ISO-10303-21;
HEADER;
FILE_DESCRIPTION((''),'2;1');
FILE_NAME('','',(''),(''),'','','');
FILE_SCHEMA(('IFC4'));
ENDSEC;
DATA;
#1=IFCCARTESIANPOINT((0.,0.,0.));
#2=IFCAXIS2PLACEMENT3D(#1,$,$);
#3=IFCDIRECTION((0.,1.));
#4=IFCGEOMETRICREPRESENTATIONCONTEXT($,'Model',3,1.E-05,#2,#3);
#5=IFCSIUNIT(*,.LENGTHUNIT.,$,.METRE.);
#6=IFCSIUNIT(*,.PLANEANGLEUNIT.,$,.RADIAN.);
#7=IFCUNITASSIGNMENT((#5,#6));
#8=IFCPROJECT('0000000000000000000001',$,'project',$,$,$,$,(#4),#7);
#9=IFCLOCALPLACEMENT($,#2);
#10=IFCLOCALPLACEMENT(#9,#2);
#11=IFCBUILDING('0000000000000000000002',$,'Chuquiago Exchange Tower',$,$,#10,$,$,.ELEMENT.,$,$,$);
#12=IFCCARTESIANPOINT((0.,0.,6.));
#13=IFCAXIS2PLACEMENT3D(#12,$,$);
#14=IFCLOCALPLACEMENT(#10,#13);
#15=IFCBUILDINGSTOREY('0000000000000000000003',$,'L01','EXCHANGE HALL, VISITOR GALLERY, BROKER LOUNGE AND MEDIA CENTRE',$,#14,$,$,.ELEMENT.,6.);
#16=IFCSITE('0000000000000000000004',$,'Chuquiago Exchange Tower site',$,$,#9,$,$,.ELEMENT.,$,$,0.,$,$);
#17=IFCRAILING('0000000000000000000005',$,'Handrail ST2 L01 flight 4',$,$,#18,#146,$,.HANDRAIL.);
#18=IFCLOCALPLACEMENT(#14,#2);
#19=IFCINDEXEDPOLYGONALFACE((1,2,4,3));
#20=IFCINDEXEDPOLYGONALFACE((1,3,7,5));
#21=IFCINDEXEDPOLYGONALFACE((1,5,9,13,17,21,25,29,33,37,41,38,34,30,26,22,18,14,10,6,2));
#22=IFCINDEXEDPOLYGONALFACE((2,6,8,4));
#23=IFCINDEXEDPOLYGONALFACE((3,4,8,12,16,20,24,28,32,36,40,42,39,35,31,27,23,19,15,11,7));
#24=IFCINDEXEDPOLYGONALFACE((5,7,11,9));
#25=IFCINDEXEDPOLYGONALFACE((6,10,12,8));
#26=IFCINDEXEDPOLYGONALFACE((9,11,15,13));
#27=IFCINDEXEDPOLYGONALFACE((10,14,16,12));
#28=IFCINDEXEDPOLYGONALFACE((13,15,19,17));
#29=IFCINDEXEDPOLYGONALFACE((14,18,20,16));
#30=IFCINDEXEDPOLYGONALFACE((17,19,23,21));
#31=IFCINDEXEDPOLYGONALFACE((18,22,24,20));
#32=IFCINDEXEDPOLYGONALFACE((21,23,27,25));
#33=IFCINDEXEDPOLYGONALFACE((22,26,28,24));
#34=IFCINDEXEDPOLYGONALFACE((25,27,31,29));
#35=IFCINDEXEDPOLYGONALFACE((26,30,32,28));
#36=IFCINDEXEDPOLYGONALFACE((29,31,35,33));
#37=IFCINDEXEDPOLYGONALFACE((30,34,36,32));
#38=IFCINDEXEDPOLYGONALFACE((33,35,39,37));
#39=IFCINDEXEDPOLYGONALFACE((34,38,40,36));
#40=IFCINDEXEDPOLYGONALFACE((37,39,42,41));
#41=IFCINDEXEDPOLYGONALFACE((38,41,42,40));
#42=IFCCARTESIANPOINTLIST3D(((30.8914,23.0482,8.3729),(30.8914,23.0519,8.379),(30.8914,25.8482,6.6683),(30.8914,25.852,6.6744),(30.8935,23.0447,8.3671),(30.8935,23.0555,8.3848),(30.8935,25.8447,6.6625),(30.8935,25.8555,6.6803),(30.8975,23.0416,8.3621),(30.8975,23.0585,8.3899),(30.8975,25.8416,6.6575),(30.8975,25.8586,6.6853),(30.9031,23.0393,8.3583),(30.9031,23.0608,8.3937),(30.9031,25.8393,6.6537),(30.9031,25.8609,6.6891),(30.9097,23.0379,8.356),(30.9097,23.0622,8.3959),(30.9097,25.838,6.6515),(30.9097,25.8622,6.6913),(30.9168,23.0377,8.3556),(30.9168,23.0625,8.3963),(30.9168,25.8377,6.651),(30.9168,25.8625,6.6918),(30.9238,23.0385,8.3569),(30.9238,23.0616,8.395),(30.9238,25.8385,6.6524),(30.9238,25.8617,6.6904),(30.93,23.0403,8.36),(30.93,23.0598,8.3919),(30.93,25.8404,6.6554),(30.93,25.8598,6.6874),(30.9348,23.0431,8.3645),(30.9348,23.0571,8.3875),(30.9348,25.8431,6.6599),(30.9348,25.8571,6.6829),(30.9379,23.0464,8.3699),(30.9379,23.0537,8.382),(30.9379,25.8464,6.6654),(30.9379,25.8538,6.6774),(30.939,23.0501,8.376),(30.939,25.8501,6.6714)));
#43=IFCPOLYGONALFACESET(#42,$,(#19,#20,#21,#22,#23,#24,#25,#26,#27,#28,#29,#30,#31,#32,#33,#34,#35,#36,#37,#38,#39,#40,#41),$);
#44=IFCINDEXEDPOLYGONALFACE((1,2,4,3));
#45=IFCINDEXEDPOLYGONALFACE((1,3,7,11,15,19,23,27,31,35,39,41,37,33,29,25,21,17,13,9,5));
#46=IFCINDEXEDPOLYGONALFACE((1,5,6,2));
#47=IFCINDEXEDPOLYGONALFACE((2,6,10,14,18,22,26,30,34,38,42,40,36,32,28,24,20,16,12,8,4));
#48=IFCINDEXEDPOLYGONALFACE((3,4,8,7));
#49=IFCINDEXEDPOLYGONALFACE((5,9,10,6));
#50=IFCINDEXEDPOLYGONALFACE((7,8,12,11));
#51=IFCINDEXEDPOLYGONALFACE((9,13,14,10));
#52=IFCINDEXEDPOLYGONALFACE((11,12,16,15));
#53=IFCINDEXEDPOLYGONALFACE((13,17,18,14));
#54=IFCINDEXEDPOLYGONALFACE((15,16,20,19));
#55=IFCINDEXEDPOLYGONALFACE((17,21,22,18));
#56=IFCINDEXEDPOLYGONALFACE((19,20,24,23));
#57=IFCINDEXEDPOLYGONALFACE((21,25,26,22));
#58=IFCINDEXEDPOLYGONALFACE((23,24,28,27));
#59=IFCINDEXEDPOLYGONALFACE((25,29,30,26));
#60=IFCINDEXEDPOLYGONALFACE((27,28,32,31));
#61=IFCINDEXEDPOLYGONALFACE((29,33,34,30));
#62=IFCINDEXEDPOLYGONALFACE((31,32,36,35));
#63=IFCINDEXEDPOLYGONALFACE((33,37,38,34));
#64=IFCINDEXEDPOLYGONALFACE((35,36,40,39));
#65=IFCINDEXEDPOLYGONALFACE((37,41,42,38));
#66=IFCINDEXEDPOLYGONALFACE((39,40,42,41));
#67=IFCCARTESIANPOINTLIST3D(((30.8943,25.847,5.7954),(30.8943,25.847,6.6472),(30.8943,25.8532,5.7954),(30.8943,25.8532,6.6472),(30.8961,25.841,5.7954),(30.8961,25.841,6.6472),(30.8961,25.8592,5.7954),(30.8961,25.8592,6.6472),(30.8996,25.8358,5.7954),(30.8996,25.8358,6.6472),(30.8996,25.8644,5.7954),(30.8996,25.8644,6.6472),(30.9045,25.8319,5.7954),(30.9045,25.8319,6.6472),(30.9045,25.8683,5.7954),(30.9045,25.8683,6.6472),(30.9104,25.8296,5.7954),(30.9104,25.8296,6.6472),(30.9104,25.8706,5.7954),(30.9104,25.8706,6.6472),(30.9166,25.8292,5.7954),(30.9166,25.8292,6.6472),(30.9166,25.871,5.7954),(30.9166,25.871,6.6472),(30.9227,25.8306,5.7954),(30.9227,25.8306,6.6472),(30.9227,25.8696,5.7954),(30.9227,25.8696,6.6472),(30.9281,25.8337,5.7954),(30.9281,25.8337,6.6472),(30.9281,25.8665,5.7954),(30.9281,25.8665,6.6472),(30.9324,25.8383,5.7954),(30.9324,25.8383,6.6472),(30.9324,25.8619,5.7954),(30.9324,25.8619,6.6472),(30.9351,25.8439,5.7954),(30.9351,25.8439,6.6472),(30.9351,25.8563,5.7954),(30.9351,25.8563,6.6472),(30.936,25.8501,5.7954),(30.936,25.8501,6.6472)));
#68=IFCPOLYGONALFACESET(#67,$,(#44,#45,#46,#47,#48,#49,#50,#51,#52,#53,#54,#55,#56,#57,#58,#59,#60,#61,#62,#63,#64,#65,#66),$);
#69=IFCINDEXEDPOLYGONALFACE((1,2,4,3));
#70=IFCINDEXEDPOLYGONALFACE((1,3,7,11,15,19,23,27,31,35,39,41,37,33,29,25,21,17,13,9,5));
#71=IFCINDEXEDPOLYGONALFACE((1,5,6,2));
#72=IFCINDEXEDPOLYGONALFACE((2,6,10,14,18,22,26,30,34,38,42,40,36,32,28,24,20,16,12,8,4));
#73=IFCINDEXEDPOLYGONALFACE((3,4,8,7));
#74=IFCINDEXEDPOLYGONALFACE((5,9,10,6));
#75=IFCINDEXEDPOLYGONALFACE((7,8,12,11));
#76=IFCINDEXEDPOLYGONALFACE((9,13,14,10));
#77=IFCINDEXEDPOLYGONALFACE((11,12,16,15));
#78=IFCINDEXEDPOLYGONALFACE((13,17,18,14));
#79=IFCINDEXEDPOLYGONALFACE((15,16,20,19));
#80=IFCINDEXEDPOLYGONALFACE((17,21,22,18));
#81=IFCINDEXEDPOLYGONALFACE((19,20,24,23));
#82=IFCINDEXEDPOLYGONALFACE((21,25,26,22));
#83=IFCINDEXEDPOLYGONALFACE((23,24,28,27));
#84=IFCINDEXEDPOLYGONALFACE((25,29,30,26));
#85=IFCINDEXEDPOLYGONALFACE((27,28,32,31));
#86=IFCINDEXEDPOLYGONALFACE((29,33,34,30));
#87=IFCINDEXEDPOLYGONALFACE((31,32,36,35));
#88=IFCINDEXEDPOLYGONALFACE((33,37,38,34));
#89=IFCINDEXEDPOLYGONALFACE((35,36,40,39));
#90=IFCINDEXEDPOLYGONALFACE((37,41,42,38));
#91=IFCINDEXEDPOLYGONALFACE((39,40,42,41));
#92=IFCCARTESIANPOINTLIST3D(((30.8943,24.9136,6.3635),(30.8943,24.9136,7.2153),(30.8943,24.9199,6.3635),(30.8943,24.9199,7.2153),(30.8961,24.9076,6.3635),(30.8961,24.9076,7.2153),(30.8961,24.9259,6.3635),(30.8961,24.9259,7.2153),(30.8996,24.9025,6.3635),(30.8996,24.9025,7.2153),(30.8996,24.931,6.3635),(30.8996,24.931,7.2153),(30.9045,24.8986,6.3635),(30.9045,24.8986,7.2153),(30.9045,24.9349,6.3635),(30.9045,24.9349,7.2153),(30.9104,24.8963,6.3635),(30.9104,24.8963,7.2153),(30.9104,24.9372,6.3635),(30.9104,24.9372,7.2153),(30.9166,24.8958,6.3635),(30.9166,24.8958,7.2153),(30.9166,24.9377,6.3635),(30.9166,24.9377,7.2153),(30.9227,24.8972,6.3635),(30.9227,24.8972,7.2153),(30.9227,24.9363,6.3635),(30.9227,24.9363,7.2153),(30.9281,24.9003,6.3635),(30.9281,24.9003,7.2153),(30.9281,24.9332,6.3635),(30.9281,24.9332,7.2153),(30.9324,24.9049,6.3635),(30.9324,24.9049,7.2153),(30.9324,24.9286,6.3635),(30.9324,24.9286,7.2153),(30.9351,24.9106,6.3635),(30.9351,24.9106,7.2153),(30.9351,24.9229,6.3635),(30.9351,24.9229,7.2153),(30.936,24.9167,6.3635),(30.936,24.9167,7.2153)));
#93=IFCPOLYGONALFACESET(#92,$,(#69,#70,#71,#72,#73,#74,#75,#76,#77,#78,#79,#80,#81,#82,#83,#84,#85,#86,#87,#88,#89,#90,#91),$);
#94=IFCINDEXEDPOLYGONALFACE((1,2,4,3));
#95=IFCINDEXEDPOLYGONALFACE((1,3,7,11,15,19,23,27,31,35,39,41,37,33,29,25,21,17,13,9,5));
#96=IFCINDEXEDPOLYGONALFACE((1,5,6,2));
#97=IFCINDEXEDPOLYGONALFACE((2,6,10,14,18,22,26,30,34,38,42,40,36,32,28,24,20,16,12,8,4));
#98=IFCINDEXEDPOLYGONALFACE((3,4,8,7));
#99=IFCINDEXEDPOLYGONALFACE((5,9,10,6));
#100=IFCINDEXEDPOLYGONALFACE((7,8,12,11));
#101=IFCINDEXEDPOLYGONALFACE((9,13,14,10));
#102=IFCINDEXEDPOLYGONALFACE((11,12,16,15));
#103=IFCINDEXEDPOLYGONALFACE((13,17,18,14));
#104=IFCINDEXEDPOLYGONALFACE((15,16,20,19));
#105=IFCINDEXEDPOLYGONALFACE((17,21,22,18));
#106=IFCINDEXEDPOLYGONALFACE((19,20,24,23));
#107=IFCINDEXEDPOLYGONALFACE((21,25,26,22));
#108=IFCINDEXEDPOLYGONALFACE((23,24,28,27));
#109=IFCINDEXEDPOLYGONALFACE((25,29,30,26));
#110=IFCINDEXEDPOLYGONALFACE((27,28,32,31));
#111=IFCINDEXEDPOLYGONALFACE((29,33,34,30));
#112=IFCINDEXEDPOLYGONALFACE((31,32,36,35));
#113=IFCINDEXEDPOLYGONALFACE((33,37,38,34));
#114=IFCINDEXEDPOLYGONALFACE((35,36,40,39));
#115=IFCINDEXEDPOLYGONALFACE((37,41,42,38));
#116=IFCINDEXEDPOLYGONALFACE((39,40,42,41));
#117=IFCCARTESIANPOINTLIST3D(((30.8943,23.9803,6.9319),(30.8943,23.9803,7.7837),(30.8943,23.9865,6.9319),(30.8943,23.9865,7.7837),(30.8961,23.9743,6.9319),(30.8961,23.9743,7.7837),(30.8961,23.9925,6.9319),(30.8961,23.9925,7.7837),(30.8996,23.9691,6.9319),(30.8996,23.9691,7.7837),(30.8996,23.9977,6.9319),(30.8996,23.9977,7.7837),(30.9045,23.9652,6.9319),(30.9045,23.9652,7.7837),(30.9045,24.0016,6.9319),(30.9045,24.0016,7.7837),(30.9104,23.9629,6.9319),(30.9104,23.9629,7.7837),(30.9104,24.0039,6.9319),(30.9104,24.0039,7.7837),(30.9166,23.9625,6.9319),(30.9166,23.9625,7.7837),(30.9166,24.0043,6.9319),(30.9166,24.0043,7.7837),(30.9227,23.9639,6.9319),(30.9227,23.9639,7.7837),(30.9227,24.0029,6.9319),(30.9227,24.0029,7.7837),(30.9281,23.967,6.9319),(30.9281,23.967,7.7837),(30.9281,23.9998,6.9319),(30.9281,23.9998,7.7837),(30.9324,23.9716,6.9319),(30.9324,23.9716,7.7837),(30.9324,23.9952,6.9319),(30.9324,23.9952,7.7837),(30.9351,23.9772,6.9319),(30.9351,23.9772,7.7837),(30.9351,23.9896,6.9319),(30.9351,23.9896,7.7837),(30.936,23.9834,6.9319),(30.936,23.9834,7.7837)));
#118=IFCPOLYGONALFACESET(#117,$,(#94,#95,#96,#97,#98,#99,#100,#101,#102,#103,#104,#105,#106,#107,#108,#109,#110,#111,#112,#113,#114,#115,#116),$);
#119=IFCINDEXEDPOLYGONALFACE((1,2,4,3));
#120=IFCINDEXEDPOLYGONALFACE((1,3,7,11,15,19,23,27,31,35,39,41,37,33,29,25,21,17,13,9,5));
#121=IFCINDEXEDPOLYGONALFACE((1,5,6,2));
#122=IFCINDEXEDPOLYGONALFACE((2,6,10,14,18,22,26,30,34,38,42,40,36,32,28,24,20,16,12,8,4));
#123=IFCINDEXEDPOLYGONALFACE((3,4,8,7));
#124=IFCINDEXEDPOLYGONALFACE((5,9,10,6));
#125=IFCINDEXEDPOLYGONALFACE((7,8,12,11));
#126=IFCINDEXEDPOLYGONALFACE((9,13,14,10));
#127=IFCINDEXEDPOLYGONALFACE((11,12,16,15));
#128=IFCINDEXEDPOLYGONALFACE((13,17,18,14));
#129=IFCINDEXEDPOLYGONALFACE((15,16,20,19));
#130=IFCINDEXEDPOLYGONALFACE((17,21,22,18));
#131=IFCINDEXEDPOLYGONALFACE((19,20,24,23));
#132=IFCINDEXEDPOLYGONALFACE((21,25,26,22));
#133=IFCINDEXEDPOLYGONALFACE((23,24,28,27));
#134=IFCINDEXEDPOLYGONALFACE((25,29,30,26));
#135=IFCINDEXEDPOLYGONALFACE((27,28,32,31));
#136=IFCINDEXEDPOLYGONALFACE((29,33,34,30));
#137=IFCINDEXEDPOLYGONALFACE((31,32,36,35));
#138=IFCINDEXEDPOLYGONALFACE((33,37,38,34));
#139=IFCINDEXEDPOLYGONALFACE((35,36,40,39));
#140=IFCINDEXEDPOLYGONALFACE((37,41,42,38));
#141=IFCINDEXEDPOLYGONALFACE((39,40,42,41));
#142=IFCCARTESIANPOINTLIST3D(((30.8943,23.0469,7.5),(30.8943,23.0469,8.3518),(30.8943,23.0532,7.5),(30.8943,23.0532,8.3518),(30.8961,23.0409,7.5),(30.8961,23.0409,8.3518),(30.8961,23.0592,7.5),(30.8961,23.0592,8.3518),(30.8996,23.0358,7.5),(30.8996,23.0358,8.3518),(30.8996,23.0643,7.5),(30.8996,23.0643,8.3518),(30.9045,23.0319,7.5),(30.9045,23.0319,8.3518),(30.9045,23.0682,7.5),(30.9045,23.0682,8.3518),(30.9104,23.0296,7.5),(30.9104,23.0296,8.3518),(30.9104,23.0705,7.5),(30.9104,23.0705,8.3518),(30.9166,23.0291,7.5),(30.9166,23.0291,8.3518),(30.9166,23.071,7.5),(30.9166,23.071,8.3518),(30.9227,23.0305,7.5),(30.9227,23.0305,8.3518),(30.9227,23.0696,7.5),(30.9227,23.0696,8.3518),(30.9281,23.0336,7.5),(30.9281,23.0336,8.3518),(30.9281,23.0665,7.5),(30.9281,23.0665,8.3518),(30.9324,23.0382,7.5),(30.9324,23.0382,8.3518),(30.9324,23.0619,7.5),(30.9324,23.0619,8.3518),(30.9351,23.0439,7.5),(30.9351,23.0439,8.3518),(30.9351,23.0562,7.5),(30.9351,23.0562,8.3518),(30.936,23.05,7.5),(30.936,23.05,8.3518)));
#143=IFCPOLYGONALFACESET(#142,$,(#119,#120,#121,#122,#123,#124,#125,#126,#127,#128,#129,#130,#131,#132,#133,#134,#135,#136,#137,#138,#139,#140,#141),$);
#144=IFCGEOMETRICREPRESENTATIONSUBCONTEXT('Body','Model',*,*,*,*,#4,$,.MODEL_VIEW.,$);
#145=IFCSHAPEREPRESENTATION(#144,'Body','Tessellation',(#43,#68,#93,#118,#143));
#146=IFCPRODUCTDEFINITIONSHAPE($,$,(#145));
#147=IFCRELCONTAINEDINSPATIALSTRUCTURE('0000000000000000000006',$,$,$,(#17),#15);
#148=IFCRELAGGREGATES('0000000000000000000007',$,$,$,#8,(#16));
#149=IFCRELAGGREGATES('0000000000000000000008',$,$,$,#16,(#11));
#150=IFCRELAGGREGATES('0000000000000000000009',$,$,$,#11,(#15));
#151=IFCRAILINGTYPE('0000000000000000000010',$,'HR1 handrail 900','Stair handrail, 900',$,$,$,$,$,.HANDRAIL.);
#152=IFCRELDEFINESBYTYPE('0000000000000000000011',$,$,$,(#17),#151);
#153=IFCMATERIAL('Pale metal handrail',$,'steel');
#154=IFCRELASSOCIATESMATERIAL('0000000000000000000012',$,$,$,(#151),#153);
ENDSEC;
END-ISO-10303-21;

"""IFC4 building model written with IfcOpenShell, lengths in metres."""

from ifc_helpers import new_model, si_unit, direction, frame, origin, origin_2d, place, context, subcontext, project, spatial, circle, extrude, material, type_object, element, save


model = new_model("IFC4")

# Units and contexts
model_context = context("Model", 3, precision=1e-05, world=origin(), true_north=direction((0.0, 1.0)))
body_context = subcontext(model_context, "Body", "Model", "MODEL_VIEW")
ifc_project = project(units=[si_unit("LENGTHUNIT", "METRE"), si_unit("PLANEANGLEUNIT", "RADIAN")], contexts=[model_context])

# Site, building, storey
site_placement = place(None, origin())
site = spatial("IfcSite", under=ifc_project, at=site_placement, Name="Chuquiago Exchange Tower site", CompositionType="ELEMENT", RefElevation=0.0)
building_placement = place(site_placement, origin())
building = spatial("IfcBuilding", under=site, at=building_placement, Name="Chuquiago Exchange Tower", CompositionType="ELEMENT")
storey_placement = place(building_placement, frame((0.0, 0.0, 6.0)))
storey = spatial("IfcBuildingStorey", under=building, at=storey_placement, Name="L01", Description="EXCHANGE HALL, VISITOR GALLERY, BROKER LOUNGE AND MEDIA CENTRE", CompositionType="ELEMENT", Elevation=6.0)

# Railing
ifc_material_1 = material(Name="Pale metal handrail", Category="steel")
railing_type_1 = type_object("IfcRailingType", Name="HR1 handrail 900", Description="Stair handrail, 900", PredefinedType="HANDRAIL", material=ifc_material_1)
for number, where, name in (
    (1, (30.915, 25.8501, 5.7954), "Handrail ST2 L01 flight 4"),
):
    element("IfcRailing", number, at=place(storey_placement, frame(where)), inside=storey, type_object=railing_type_1, Name=name, PredefinedType="HANDRAIL", context=body_context, shape_type="SweptSolid", body=[
        extrude(circle(Radius=0.0239, at=origin_2d()), frame((0.0, 0.0, 0.876), z_axis=(0.0, -0.85417, 0.519994), x_axis=(1.0, 0.0, 0.0)), (0.0, 0.0, 1.0), 3.2781),
        extrude(circle(Radius=0.021, at=origin_2d()), origin(), (0.0, 0.0, 1.0), 0.8518),
        extrude(circle(Radius=0.021, at=origin_2d()), frame((0.0, -0.9333, 0.5681)), (0.0, 0.0, 1.0), 0.8518),
        extrude(circle(Radius=0.021, at=origin_2d()), frame((0.0, -1.8667, 1.1365)), (0.0, 0.0, 1.0), 0.8518),
        extrude(circle(Radius=0.021, at=origin_2d()), frame((0.0, -2.8, 1.7046)), (0.0, 0.0, 1.0), 0.8518),
    ])

save(model, "model.ifc")
